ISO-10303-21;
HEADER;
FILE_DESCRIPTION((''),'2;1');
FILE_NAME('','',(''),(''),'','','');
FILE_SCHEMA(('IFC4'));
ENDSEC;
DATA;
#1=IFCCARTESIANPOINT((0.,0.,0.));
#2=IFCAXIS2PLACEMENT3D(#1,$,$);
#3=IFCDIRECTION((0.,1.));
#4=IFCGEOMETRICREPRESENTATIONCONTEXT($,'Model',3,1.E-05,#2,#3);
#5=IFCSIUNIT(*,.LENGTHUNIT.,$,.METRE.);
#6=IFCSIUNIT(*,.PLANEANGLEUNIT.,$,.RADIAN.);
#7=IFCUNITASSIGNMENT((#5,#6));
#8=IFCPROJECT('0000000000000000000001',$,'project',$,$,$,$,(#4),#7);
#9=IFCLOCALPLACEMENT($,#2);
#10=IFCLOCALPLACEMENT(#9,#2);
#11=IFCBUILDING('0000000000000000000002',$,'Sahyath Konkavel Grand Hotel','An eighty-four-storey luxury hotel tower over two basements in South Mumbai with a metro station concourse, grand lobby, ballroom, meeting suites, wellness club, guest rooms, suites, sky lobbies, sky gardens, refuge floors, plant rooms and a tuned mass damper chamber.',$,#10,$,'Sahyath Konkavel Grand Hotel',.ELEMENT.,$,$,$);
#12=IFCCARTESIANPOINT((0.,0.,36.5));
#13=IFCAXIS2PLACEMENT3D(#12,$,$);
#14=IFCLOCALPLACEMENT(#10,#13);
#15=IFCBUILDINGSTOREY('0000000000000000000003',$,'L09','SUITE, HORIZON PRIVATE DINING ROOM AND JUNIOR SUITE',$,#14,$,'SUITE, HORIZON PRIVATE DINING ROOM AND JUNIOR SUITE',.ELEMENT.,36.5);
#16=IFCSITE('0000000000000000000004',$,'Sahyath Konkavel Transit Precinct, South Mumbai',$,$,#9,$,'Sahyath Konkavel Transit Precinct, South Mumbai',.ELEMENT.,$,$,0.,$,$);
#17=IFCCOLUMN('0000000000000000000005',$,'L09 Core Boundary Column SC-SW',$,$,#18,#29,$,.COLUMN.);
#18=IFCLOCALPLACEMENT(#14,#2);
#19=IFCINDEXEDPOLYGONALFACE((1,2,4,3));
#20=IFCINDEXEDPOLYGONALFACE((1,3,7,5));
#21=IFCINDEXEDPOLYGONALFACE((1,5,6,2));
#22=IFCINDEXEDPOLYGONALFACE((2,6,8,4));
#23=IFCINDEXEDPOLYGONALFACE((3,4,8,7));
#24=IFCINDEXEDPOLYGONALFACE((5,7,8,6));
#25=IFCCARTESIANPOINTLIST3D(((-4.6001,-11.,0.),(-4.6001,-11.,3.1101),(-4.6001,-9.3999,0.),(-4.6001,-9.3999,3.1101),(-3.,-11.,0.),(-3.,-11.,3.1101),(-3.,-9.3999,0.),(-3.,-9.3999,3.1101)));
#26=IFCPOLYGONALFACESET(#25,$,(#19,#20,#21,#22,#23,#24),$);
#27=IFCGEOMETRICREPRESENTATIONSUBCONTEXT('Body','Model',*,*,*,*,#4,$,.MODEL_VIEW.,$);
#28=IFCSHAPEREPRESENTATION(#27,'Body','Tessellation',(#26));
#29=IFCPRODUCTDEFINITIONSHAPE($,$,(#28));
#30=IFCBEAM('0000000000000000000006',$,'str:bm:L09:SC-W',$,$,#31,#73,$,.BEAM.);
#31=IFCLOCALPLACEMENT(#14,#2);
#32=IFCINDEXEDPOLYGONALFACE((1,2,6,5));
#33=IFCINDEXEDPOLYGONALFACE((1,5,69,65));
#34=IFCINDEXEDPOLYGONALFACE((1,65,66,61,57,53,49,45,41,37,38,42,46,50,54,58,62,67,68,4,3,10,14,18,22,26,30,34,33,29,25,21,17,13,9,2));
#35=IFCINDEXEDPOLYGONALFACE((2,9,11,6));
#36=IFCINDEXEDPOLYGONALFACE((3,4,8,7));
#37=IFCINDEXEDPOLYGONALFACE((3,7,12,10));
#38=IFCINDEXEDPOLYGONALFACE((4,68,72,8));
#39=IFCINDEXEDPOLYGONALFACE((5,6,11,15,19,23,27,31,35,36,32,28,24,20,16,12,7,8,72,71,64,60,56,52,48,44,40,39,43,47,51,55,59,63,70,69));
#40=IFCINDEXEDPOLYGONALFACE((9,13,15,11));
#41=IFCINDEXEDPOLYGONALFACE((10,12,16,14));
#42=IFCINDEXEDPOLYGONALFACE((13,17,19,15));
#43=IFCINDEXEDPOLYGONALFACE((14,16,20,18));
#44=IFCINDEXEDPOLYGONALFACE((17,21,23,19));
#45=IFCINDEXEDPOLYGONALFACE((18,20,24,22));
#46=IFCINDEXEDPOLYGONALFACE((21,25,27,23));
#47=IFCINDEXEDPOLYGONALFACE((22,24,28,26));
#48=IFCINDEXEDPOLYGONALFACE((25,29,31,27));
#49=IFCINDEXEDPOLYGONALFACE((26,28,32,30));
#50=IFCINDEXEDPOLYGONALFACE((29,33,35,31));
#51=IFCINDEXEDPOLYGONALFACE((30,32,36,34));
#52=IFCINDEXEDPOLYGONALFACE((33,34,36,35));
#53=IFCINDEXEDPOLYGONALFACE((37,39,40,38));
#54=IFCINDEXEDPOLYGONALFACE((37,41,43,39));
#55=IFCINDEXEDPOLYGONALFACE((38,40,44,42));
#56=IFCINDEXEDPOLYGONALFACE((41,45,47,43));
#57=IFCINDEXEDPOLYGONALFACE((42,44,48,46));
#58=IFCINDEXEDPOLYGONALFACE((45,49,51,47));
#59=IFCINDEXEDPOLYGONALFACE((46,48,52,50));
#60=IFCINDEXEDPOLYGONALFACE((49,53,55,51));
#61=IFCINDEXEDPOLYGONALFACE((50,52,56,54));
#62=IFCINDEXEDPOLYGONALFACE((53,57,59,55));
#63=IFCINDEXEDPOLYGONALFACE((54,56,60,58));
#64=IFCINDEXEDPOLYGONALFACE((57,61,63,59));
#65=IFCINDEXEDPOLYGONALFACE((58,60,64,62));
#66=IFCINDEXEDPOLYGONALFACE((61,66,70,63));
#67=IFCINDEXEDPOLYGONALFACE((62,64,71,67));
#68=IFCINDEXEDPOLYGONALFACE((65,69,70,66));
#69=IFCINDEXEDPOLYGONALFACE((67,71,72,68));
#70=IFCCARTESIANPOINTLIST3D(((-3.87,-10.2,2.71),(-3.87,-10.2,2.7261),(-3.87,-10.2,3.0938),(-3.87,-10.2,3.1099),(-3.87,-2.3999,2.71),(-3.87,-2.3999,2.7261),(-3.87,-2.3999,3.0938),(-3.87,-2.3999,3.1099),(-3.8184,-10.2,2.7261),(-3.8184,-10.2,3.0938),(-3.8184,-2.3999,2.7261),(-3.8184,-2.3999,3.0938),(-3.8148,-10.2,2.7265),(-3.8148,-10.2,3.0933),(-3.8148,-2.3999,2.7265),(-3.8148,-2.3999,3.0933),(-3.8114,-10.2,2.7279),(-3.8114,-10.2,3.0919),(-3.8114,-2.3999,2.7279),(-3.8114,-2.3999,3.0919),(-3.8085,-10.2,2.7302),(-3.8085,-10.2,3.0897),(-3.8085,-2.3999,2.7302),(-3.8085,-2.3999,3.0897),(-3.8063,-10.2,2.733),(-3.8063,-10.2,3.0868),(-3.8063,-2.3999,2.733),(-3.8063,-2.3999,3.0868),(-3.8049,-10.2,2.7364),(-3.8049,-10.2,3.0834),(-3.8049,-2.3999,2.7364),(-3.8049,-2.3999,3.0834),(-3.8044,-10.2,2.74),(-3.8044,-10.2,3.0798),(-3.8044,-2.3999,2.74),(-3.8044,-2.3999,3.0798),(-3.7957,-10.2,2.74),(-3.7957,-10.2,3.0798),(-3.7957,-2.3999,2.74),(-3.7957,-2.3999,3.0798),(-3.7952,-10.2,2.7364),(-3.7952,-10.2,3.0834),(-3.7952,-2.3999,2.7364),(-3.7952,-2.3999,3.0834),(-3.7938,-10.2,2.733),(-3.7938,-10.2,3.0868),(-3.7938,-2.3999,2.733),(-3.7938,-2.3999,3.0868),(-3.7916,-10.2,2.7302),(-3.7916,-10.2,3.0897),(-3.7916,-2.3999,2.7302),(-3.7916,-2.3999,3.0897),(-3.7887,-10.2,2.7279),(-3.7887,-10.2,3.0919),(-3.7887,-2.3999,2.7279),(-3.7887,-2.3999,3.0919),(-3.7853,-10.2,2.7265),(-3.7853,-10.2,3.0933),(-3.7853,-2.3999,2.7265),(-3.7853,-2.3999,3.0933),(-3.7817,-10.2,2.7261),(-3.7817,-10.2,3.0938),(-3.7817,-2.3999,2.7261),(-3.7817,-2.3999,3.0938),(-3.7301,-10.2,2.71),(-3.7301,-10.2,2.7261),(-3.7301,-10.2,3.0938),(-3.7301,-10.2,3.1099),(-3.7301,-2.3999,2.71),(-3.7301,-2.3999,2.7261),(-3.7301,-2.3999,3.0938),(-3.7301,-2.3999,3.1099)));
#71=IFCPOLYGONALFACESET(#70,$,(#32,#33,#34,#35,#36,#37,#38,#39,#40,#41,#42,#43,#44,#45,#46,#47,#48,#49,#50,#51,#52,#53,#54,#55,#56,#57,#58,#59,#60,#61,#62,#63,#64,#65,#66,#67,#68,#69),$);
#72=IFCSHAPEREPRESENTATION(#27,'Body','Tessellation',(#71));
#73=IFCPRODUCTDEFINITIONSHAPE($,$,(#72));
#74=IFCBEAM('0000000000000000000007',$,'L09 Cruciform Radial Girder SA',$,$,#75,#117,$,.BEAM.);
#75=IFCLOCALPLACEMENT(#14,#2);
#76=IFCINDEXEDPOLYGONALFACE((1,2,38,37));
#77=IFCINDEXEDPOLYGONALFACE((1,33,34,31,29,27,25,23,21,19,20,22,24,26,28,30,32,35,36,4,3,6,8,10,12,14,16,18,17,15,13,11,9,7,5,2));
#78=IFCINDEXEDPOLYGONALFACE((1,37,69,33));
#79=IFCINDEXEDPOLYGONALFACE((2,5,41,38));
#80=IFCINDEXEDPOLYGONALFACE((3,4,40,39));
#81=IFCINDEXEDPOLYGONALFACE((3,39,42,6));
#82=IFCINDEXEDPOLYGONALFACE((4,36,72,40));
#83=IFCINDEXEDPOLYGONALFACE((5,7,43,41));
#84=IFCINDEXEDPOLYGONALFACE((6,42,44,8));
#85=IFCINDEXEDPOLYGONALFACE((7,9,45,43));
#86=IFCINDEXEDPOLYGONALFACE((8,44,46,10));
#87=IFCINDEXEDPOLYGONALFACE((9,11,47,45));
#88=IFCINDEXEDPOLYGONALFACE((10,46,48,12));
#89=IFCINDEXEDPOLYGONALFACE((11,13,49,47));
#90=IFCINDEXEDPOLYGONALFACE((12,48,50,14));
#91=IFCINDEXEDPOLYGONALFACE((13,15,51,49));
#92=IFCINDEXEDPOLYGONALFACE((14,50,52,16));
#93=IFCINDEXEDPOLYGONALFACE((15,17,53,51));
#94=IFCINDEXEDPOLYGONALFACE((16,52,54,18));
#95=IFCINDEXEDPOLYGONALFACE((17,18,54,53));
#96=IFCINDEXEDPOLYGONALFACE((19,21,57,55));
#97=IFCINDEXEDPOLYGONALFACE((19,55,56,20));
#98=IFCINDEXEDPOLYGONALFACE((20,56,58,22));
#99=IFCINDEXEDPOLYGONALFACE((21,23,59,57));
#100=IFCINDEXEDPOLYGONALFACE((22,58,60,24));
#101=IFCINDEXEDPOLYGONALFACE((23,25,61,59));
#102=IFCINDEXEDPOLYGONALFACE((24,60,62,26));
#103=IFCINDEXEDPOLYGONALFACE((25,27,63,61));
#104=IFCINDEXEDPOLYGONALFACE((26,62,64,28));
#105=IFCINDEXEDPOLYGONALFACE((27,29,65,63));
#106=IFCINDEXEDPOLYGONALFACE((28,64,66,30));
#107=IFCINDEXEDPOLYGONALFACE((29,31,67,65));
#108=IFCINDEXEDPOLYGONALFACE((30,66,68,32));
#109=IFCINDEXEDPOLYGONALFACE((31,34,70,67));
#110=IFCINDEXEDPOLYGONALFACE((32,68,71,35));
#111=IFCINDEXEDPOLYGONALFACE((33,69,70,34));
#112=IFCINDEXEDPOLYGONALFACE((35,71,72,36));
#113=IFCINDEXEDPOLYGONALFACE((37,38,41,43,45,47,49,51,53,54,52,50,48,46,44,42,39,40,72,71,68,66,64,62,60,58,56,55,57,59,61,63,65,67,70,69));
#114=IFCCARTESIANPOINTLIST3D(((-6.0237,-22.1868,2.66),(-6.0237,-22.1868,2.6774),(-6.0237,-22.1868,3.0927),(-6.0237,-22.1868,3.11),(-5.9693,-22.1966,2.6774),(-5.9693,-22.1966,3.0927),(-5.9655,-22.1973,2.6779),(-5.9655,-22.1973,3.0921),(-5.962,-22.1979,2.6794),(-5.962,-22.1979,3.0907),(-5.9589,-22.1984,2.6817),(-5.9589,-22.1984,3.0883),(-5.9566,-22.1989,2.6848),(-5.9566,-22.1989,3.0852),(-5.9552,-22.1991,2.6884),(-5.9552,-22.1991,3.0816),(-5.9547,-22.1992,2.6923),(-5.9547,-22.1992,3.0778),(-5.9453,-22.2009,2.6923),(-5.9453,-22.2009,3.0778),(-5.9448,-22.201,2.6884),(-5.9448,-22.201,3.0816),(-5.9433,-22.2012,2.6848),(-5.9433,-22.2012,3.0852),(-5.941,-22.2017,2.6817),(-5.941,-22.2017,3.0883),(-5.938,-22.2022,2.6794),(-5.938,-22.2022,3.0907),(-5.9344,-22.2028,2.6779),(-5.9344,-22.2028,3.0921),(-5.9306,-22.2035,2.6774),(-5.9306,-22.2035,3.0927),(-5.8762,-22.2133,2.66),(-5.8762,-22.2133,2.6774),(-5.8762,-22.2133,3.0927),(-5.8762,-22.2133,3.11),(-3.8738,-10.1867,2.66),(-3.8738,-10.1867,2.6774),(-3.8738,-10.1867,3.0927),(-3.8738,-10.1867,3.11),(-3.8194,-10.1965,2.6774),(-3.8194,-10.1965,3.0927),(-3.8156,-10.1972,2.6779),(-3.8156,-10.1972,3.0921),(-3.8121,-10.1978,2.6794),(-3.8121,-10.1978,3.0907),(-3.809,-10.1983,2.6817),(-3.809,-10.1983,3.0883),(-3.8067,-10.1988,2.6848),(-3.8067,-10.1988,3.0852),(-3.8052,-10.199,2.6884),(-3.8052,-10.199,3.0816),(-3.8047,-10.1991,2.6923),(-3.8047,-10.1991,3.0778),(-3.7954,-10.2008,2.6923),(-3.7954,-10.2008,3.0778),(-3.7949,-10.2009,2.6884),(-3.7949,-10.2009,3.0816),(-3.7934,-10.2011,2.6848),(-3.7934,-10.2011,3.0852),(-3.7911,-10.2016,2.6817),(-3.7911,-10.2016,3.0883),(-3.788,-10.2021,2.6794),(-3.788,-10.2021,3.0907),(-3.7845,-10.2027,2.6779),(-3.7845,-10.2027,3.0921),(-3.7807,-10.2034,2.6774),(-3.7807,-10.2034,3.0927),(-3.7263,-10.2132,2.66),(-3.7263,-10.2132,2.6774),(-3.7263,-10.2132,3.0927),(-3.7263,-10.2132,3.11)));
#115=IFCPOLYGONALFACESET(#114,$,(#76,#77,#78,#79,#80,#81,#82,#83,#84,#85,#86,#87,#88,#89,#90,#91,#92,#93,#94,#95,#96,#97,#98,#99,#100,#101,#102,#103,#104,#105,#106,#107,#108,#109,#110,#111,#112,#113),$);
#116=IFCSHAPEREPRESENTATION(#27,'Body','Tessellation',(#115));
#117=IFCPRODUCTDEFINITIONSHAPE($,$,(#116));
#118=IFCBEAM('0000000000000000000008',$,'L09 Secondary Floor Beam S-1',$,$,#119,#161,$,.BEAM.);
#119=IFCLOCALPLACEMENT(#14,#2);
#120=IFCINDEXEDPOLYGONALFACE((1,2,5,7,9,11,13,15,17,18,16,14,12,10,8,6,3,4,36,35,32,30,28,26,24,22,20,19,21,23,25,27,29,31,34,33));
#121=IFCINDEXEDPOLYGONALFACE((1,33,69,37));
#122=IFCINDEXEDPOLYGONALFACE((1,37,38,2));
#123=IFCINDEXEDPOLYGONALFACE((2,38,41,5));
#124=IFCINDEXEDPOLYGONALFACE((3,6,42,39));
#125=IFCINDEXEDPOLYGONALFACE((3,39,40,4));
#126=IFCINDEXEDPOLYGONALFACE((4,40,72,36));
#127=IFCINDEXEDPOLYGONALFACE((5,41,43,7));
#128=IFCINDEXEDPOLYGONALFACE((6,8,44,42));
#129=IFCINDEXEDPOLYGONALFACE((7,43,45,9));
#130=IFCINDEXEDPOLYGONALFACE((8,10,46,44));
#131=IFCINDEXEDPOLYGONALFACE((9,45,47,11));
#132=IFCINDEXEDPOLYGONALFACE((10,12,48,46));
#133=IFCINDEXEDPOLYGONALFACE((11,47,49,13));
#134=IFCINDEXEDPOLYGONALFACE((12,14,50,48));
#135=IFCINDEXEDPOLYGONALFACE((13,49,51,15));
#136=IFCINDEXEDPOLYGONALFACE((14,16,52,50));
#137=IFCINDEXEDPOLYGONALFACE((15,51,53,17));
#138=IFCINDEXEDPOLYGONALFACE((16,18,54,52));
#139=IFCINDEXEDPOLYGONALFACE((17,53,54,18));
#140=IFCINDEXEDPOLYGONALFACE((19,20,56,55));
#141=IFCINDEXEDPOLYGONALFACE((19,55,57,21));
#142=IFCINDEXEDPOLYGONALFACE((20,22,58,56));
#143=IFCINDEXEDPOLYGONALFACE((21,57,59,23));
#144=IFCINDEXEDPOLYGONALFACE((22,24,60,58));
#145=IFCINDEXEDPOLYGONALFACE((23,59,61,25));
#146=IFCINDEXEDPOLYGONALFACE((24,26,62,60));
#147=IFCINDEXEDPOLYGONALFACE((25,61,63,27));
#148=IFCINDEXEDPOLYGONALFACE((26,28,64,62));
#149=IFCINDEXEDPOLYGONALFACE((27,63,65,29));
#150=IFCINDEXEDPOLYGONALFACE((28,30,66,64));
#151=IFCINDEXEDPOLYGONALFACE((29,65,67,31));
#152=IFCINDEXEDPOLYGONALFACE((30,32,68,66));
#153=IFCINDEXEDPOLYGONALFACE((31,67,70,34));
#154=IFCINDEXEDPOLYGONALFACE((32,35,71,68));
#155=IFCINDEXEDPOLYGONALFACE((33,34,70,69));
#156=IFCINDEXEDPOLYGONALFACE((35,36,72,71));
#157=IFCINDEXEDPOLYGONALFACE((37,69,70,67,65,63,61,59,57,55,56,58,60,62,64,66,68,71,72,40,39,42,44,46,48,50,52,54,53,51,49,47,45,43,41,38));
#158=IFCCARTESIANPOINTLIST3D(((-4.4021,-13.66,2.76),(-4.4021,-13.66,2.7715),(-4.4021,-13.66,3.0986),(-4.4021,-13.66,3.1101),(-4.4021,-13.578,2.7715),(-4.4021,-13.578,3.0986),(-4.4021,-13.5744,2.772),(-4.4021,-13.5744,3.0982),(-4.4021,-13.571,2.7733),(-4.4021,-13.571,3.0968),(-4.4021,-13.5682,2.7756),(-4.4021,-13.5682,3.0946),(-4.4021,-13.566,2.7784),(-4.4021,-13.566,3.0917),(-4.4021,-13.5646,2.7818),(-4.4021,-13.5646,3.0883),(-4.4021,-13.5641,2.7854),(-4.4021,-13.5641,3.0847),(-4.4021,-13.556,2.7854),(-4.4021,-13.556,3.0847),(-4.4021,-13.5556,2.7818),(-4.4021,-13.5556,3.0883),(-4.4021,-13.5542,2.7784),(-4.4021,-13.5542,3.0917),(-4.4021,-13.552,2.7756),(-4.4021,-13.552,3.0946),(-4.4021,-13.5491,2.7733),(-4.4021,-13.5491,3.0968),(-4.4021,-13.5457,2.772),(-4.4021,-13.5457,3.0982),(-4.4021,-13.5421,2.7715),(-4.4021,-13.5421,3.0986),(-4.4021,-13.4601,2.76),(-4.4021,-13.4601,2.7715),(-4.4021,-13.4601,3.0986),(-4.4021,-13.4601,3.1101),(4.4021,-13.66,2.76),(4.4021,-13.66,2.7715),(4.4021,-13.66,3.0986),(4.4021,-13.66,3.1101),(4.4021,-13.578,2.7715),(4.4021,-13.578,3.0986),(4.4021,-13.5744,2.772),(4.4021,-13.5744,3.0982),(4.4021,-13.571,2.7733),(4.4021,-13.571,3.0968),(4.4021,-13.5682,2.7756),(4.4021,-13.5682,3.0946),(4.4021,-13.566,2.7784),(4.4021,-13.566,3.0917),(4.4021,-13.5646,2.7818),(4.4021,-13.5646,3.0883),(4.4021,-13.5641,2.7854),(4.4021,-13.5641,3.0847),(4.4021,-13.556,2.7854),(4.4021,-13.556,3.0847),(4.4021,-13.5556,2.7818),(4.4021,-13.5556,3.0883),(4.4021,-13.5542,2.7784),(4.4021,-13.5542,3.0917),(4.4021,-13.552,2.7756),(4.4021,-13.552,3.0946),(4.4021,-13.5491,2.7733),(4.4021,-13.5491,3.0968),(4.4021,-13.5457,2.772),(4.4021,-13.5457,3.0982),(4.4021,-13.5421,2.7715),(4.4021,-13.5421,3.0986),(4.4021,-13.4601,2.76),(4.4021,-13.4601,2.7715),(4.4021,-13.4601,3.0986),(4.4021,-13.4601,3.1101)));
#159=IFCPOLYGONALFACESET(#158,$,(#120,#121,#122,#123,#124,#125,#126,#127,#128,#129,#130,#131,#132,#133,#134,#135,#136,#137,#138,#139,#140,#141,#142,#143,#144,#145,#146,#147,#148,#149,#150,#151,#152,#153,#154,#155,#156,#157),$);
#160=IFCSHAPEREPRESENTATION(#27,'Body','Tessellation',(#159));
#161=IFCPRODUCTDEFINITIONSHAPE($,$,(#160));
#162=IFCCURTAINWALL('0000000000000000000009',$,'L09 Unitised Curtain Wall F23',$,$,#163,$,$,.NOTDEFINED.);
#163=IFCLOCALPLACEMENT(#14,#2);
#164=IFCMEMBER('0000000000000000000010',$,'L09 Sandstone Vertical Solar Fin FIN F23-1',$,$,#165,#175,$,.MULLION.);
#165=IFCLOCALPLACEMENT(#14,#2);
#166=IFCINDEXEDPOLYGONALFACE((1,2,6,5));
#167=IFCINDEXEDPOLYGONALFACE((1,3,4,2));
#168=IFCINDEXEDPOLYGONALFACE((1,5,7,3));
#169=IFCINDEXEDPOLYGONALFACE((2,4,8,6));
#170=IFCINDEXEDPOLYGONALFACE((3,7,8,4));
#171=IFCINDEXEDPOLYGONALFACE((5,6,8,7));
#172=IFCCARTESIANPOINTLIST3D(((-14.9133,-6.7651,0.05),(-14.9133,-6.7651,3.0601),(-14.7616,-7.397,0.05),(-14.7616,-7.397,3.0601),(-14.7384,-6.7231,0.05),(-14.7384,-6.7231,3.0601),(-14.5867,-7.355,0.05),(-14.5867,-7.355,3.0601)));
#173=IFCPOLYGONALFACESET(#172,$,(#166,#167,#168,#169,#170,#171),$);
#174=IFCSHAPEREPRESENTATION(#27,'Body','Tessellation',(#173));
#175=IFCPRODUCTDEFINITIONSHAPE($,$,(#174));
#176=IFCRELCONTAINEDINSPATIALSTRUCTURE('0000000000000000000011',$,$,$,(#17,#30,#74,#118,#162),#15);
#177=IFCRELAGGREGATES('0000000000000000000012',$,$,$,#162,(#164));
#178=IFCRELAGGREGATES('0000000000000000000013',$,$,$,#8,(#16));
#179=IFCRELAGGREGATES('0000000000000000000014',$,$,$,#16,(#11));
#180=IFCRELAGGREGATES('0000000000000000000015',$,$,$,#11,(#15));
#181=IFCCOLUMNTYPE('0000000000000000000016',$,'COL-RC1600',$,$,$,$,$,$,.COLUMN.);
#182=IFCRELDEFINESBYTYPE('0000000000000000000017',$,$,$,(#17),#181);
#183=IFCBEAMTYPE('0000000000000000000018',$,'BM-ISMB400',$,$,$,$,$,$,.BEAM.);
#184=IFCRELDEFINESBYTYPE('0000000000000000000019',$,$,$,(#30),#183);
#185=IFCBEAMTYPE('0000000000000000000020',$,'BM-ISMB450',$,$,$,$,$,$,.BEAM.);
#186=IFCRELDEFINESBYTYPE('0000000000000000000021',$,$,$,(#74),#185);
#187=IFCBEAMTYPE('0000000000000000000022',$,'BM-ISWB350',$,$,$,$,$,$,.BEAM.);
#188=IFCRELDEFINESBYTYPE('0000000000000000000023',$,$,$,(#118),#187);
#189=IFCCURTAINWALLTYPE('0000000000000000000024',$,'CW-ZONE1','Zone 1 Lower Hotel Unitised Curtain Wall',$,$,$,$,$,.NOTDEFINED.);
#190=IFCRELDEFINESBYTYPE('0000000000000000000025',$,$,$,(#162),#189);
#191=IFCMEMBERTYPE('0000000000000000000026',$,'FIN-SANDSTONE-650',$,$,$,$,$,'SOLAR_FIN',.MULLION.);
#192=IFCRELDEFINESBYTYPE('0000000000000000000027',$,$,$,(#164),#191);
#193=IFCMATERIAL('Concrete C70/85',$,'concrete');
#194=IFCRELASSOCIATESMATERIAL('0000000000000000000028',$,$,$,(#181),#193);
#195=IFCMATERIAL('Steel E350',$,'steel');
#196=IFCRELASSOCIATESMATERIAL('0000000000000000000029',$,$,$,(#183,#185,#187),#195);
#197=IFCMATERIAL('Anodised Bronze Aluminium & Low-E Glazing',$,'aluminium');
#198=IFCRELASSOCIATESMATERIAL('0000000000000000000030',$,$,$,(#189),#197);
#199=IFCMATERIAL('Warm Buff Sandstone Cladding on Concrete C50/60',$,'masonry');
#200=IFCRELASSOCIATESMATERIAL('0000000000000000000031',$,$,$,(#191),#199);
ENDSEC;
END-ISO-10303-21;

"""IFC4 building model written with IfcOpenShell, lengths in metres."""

from ifc_helpers import new_model, si_unit, direction, frame, origin, origin_2d, place, context, subcontext, project, spatial, rectangle, i_section, extrude, source, transform, mapped, material, material_profile, profile_set, type_object, element, aggregate, save


model = new_model("IFC4")

# Units and contexts
model_context = context("Model", 3, precision=1e-05, world=origin(), true_north=direction((0.0, 1.0)))
body_context = subcontext(model_context, "Body", "Model", "MODEL_VIEW")
ifc_project = project(units=[si_unit("LENGTHUNIT", "METRE"), si_unit("PLANEANGLEUNIT", "RADIAN")], contexts=[model_context])

# Site, building, storey
site_placement = place(None, origin())
site = spatial("IfcSite", under=ifc_project, at=site_placement, Name="Sahyath Konkavel Transit Precinct, South Mumbai", LongName="Sahyath Konkavel Transit Precinct, South Mumbai", CompositionType="ELEMENT", RefElevation=0.0)
building_placement = place(site_placement, origin())
building = spatial("IfcBuilding", under=site, at=building_placement, Name="Sahyath Konkavel Grand Hotel", Description="An eighty-four-storey luxury hotel tower over two basements in South Mumbai with a metro station concourse, grand lobby, ballroom, meeting suites, wellness club, guest rooms, suites, sky lobbies, sky gardens, refuge floors, plant rooms and a tuned mass damper chamber.", LongName="Sahyath Konkavel Grand Hotel", CompositionType="ELEMENT")
storey_placement = place(building_placement, frame((0.0, 0.0, 36.5)))
storey = spatial("IfcBuildingStorey", under=building, at=storey_placement, Name="L09", Description="SUITE, HORIZON PRIVATE DINING ROOM AND JUNIOR SUITE", LongName="SUITE, HORIZON PRIVATE DINING ROOM AND JUNIOR SUITE", CompositionType="ELEMENT", Elevation=36.5)

# Column
ifc_material_1 = material(Name="Concrete C70/85", Category="concrete")
ifc_material_profile_1 = material_profile(ifc_material_1, rectangle(XDim=1.6001, YDim=1.6001, at=origin_2d()), Name="RC 1600x1600")
ifc_profile_set_1 = profile_set([ifc_material_profile_1], Name="Concrete C70/85")
column_type = type_object("IfcColumnType", Name="COL-RC1600", PredefinedType="COLUMN", material=ifc_profile_set_1)
shared_shape_1 = source(origin(), body_context, "Body", "SweptSolid", [
    extrude(rectangle(XDim=1.6001, YDim=1.6001, at=origin_2d()), origin(), (0.0, 0.0, 1.0), 3.1101),
])
column_placement = place(storey_placement, frame((-3.8, -10.2, 0.0), z_axis=(0.0, 0.0, 1.0), x_axis=(1.0, 0.0, 0.0)))
element("IfcColumn", 1, at=column_placement, inside=storey, type_object=column_type, Name="L09 Core Boundary Column SC-SW", PredefinedType="COLUMN", context=body_context, shape_type="MappedRepresentation", body=[
    mapped(shared_shape_1, transform((0.0, 0.0, 0.0), scale=1.0)),
])

# Beams
ifc_material_2 = material(Name="Steel E350", Category="steel")
ifc_material_profile_2 = material_profile(ifc_material_2, i_section(OverallWidth=0.1399, OverallDepth=0.3999, WebThickness=0.0088, FlangeThickness=0.0161, FilletRadius=0.0139, at=origin_2d()), Name="ISMB 400")
ifc_profile_set_2 = profile_set([ifc_material_profile_2], Name="Steel E350")
beam_type_1 = type_object("IfcBeamType", Name="BM-ISMB400", PredefinedType="BEAM", material=ifc_profile_set_2)
shared_shape_2 = source(origin(), body_context, "Body", "SweptSolid", [
    extrude(i_section(OverallWidth=0.1399, OverallDepth=0.3999, WebThickness=0.0088, FlangeThickness=0.0161, FilletRadius=0.0139, at=origin_2d()), origin(), (0.0, 0.0, 1.0), 7.8),
])
beam_1_placement = place(storey_placement, frame((-3.8, -10.2, 2.9099), z_axis=(0.0, 1.0, 0.0), x_axis=(-1.0, 0.0, 0.0)))
element("IfcBeam", 2, at=beam_1_placement, inside=storey, type_object=beam_type_1, Name="str:bm:L09:SC-W", PredefinedType="BEAM", context=body_context, shape_type="MappedRepresentation", body=[
    mapped(shared_shape_2, transform((0.0, 0.0, 0.0), scale=1.0)),
])
ifc_material_profile_3 = material_profile(ifc_material_2, i_section(OverallWidth=0.1499, OverallDepth=0.45, WebThickness=0.0095, FlangeThickness=0.0173, FilletRadius=0.0149, at=origin_2d()), Name="ISMB 450")
ifc_profile_set_3 = profile_set([ifc_material_profile_3], Name="Steel E350")
beam_type_2 = type_object("IfcBeamType", Name="BM-ISMB450", PredefinedType="BEAM", material=ifc_profile_set_3)
shared_shape_3 = source(origin(), body_context, "Body", "SweptSolid", [
    extrude(i_section(OverallWidth=0.1499, OverallDepth=0.45, WebThickness=0.0095, FlangeThickness=0.0173, FilletRadius=0.0149, at=origin_2d()), origin(), (0.0, 0.0, 1.0), 12.1912),
])
beam_2_placement = place(storey_placement, frame((-3.8, -10.2, 2.885), z_axis=(-0.176351, -0.984327, 0.0), x_axis=(0.984327, -0.176351, 0.0)))
element("IfcBeam", 3, at=beam_2_placement, inside=storey, type_object=beam_type_2, Name="L09 Cruciform Radial Girder SA", PredefinedType="BEAM", context=body_context, shape_type="MappedRepresentation", body=[
    mapped(shared_shape_3, transform((0.0, 0.0, 0.0), scale=1.0)),
])
ifc_material_profile_4 = material_profile(ifc_material_2, i_section(OverallWidth=0.2, OverallDepth=0.3501, WebThickness=0.0081, FlangeThickness=0.0115, FilletRadius=0.0139, at=origin_2d()), Name="ISWB 350")
ifc_profile_set_4 = profile_set([ifc_material_profile_4], Name="Steel E350")
beam_type_3 = type_object("IfcBeamType", Name="BM-ISWB350", PredefinedType="BEAM", material=ifc_profile_set_4)
shared_shape_4 = source(origin(), body_context, "Body", "SweptSolid", [
    extrude(i_section(OverallWidth=0.2, OverallDepth=0.3501, WebThickness=0.0081, FlangeThickness=0.0115, FilletRadius=0.0139, at=origin_2d()), origin(), (0.0, 0.0, 1.0), 8.8042),
])
beam_3_placement = place(storey_placement, frame((-4.4021, -13.5601, 2.9351), z_axis=(1.0, 0.0, 0.0), x_axis=(0.0, 1.0, 0.0)))
element("IfcBeam", 4, at=beam_3_placement, inside=storey, type_object=beam_type_3, Name="L09 Secondary Floor Beam S-1", PredefinedType="BEAM", context=body_context, shape_type="MappedRepresentation", body=[
    mapped(shared_shape_4, transform((0.0, 0.0, 0.0), scale=1.0)),
])

# Curtain wall, member
ifc_material_3 = material(Name="Anodised Bronze Aluminium & Low-E Glazing", Category="aluminium")
curtain_wall_type = type_object("IfcCurtainWallType", Name="CW-ZONE1", Description="Zone 1 Lower Hotel Unitised Curtain Wall", PredefinedType="NOTDEFINED", material=ifc_material_3)
curtain_wall_1_placement = place(storey_placement, origin())
curtain_wall_1 = element("IfcCurtainWall", 5, at=curtain_wall_1_placement, inside=storey, type_object=curtain_wall_type, Name="L09 Unitised Curtain Wall F23", PredefinedType="NOTDEFINED")
ifc_material_4 = material(Name="Warm Buff Sandstone Cladding on Concrete C50/60", Category="masonry")
ifc_material_profile_5 = material_profile(ifc_material_4, rectangle(XDim=0.1799, YDim=0.6499, at=origin_2d()), Name="FIN 180x650")
ifc_profile_set_5 = profile_set([ifc_material_profile_5], Name="Warm Buff Sandstone Cladding on Concrete C50/60")
member_type_1 = type_object("IfcMemberType", Name="FIN-SANDSTONE-650", ElementType="SOLAR_FIN", PredefinedType="MULLION", material=ifc_profile_set_5)
shared_shape_5 = source(origin(), body_context, "Body", "SweptSolid", [
    extrude(rectangle(XDim=0.1799, YDim=0.6499, at=origin_2d()), origin(), (0.0, 0.0, 1.0), 3.01),
])
member_1_placement = place(storey_placement, frame((-14.75, -7.0601, 0.05), z_axis=(0.0, 0.0, 1.0), x_axis=(0.97237, 0.233445, 0.0)))
member_1 = element("IfcMember", 6, at=member_1_placement, type_object=member_type_1, Name="L09 Sandstone Vertical Solar Fin FIN F23-1", PredefinedType="MULLION", context=body_context, shape_type="MappedRepresentation", body=[
    mapped(shared_shape_5, transform((0.0, 0.0, 0.0), scale=1.0)),
])
aggregate(curtain_wall_1, [member_1])

save(model, "model.ifc")
